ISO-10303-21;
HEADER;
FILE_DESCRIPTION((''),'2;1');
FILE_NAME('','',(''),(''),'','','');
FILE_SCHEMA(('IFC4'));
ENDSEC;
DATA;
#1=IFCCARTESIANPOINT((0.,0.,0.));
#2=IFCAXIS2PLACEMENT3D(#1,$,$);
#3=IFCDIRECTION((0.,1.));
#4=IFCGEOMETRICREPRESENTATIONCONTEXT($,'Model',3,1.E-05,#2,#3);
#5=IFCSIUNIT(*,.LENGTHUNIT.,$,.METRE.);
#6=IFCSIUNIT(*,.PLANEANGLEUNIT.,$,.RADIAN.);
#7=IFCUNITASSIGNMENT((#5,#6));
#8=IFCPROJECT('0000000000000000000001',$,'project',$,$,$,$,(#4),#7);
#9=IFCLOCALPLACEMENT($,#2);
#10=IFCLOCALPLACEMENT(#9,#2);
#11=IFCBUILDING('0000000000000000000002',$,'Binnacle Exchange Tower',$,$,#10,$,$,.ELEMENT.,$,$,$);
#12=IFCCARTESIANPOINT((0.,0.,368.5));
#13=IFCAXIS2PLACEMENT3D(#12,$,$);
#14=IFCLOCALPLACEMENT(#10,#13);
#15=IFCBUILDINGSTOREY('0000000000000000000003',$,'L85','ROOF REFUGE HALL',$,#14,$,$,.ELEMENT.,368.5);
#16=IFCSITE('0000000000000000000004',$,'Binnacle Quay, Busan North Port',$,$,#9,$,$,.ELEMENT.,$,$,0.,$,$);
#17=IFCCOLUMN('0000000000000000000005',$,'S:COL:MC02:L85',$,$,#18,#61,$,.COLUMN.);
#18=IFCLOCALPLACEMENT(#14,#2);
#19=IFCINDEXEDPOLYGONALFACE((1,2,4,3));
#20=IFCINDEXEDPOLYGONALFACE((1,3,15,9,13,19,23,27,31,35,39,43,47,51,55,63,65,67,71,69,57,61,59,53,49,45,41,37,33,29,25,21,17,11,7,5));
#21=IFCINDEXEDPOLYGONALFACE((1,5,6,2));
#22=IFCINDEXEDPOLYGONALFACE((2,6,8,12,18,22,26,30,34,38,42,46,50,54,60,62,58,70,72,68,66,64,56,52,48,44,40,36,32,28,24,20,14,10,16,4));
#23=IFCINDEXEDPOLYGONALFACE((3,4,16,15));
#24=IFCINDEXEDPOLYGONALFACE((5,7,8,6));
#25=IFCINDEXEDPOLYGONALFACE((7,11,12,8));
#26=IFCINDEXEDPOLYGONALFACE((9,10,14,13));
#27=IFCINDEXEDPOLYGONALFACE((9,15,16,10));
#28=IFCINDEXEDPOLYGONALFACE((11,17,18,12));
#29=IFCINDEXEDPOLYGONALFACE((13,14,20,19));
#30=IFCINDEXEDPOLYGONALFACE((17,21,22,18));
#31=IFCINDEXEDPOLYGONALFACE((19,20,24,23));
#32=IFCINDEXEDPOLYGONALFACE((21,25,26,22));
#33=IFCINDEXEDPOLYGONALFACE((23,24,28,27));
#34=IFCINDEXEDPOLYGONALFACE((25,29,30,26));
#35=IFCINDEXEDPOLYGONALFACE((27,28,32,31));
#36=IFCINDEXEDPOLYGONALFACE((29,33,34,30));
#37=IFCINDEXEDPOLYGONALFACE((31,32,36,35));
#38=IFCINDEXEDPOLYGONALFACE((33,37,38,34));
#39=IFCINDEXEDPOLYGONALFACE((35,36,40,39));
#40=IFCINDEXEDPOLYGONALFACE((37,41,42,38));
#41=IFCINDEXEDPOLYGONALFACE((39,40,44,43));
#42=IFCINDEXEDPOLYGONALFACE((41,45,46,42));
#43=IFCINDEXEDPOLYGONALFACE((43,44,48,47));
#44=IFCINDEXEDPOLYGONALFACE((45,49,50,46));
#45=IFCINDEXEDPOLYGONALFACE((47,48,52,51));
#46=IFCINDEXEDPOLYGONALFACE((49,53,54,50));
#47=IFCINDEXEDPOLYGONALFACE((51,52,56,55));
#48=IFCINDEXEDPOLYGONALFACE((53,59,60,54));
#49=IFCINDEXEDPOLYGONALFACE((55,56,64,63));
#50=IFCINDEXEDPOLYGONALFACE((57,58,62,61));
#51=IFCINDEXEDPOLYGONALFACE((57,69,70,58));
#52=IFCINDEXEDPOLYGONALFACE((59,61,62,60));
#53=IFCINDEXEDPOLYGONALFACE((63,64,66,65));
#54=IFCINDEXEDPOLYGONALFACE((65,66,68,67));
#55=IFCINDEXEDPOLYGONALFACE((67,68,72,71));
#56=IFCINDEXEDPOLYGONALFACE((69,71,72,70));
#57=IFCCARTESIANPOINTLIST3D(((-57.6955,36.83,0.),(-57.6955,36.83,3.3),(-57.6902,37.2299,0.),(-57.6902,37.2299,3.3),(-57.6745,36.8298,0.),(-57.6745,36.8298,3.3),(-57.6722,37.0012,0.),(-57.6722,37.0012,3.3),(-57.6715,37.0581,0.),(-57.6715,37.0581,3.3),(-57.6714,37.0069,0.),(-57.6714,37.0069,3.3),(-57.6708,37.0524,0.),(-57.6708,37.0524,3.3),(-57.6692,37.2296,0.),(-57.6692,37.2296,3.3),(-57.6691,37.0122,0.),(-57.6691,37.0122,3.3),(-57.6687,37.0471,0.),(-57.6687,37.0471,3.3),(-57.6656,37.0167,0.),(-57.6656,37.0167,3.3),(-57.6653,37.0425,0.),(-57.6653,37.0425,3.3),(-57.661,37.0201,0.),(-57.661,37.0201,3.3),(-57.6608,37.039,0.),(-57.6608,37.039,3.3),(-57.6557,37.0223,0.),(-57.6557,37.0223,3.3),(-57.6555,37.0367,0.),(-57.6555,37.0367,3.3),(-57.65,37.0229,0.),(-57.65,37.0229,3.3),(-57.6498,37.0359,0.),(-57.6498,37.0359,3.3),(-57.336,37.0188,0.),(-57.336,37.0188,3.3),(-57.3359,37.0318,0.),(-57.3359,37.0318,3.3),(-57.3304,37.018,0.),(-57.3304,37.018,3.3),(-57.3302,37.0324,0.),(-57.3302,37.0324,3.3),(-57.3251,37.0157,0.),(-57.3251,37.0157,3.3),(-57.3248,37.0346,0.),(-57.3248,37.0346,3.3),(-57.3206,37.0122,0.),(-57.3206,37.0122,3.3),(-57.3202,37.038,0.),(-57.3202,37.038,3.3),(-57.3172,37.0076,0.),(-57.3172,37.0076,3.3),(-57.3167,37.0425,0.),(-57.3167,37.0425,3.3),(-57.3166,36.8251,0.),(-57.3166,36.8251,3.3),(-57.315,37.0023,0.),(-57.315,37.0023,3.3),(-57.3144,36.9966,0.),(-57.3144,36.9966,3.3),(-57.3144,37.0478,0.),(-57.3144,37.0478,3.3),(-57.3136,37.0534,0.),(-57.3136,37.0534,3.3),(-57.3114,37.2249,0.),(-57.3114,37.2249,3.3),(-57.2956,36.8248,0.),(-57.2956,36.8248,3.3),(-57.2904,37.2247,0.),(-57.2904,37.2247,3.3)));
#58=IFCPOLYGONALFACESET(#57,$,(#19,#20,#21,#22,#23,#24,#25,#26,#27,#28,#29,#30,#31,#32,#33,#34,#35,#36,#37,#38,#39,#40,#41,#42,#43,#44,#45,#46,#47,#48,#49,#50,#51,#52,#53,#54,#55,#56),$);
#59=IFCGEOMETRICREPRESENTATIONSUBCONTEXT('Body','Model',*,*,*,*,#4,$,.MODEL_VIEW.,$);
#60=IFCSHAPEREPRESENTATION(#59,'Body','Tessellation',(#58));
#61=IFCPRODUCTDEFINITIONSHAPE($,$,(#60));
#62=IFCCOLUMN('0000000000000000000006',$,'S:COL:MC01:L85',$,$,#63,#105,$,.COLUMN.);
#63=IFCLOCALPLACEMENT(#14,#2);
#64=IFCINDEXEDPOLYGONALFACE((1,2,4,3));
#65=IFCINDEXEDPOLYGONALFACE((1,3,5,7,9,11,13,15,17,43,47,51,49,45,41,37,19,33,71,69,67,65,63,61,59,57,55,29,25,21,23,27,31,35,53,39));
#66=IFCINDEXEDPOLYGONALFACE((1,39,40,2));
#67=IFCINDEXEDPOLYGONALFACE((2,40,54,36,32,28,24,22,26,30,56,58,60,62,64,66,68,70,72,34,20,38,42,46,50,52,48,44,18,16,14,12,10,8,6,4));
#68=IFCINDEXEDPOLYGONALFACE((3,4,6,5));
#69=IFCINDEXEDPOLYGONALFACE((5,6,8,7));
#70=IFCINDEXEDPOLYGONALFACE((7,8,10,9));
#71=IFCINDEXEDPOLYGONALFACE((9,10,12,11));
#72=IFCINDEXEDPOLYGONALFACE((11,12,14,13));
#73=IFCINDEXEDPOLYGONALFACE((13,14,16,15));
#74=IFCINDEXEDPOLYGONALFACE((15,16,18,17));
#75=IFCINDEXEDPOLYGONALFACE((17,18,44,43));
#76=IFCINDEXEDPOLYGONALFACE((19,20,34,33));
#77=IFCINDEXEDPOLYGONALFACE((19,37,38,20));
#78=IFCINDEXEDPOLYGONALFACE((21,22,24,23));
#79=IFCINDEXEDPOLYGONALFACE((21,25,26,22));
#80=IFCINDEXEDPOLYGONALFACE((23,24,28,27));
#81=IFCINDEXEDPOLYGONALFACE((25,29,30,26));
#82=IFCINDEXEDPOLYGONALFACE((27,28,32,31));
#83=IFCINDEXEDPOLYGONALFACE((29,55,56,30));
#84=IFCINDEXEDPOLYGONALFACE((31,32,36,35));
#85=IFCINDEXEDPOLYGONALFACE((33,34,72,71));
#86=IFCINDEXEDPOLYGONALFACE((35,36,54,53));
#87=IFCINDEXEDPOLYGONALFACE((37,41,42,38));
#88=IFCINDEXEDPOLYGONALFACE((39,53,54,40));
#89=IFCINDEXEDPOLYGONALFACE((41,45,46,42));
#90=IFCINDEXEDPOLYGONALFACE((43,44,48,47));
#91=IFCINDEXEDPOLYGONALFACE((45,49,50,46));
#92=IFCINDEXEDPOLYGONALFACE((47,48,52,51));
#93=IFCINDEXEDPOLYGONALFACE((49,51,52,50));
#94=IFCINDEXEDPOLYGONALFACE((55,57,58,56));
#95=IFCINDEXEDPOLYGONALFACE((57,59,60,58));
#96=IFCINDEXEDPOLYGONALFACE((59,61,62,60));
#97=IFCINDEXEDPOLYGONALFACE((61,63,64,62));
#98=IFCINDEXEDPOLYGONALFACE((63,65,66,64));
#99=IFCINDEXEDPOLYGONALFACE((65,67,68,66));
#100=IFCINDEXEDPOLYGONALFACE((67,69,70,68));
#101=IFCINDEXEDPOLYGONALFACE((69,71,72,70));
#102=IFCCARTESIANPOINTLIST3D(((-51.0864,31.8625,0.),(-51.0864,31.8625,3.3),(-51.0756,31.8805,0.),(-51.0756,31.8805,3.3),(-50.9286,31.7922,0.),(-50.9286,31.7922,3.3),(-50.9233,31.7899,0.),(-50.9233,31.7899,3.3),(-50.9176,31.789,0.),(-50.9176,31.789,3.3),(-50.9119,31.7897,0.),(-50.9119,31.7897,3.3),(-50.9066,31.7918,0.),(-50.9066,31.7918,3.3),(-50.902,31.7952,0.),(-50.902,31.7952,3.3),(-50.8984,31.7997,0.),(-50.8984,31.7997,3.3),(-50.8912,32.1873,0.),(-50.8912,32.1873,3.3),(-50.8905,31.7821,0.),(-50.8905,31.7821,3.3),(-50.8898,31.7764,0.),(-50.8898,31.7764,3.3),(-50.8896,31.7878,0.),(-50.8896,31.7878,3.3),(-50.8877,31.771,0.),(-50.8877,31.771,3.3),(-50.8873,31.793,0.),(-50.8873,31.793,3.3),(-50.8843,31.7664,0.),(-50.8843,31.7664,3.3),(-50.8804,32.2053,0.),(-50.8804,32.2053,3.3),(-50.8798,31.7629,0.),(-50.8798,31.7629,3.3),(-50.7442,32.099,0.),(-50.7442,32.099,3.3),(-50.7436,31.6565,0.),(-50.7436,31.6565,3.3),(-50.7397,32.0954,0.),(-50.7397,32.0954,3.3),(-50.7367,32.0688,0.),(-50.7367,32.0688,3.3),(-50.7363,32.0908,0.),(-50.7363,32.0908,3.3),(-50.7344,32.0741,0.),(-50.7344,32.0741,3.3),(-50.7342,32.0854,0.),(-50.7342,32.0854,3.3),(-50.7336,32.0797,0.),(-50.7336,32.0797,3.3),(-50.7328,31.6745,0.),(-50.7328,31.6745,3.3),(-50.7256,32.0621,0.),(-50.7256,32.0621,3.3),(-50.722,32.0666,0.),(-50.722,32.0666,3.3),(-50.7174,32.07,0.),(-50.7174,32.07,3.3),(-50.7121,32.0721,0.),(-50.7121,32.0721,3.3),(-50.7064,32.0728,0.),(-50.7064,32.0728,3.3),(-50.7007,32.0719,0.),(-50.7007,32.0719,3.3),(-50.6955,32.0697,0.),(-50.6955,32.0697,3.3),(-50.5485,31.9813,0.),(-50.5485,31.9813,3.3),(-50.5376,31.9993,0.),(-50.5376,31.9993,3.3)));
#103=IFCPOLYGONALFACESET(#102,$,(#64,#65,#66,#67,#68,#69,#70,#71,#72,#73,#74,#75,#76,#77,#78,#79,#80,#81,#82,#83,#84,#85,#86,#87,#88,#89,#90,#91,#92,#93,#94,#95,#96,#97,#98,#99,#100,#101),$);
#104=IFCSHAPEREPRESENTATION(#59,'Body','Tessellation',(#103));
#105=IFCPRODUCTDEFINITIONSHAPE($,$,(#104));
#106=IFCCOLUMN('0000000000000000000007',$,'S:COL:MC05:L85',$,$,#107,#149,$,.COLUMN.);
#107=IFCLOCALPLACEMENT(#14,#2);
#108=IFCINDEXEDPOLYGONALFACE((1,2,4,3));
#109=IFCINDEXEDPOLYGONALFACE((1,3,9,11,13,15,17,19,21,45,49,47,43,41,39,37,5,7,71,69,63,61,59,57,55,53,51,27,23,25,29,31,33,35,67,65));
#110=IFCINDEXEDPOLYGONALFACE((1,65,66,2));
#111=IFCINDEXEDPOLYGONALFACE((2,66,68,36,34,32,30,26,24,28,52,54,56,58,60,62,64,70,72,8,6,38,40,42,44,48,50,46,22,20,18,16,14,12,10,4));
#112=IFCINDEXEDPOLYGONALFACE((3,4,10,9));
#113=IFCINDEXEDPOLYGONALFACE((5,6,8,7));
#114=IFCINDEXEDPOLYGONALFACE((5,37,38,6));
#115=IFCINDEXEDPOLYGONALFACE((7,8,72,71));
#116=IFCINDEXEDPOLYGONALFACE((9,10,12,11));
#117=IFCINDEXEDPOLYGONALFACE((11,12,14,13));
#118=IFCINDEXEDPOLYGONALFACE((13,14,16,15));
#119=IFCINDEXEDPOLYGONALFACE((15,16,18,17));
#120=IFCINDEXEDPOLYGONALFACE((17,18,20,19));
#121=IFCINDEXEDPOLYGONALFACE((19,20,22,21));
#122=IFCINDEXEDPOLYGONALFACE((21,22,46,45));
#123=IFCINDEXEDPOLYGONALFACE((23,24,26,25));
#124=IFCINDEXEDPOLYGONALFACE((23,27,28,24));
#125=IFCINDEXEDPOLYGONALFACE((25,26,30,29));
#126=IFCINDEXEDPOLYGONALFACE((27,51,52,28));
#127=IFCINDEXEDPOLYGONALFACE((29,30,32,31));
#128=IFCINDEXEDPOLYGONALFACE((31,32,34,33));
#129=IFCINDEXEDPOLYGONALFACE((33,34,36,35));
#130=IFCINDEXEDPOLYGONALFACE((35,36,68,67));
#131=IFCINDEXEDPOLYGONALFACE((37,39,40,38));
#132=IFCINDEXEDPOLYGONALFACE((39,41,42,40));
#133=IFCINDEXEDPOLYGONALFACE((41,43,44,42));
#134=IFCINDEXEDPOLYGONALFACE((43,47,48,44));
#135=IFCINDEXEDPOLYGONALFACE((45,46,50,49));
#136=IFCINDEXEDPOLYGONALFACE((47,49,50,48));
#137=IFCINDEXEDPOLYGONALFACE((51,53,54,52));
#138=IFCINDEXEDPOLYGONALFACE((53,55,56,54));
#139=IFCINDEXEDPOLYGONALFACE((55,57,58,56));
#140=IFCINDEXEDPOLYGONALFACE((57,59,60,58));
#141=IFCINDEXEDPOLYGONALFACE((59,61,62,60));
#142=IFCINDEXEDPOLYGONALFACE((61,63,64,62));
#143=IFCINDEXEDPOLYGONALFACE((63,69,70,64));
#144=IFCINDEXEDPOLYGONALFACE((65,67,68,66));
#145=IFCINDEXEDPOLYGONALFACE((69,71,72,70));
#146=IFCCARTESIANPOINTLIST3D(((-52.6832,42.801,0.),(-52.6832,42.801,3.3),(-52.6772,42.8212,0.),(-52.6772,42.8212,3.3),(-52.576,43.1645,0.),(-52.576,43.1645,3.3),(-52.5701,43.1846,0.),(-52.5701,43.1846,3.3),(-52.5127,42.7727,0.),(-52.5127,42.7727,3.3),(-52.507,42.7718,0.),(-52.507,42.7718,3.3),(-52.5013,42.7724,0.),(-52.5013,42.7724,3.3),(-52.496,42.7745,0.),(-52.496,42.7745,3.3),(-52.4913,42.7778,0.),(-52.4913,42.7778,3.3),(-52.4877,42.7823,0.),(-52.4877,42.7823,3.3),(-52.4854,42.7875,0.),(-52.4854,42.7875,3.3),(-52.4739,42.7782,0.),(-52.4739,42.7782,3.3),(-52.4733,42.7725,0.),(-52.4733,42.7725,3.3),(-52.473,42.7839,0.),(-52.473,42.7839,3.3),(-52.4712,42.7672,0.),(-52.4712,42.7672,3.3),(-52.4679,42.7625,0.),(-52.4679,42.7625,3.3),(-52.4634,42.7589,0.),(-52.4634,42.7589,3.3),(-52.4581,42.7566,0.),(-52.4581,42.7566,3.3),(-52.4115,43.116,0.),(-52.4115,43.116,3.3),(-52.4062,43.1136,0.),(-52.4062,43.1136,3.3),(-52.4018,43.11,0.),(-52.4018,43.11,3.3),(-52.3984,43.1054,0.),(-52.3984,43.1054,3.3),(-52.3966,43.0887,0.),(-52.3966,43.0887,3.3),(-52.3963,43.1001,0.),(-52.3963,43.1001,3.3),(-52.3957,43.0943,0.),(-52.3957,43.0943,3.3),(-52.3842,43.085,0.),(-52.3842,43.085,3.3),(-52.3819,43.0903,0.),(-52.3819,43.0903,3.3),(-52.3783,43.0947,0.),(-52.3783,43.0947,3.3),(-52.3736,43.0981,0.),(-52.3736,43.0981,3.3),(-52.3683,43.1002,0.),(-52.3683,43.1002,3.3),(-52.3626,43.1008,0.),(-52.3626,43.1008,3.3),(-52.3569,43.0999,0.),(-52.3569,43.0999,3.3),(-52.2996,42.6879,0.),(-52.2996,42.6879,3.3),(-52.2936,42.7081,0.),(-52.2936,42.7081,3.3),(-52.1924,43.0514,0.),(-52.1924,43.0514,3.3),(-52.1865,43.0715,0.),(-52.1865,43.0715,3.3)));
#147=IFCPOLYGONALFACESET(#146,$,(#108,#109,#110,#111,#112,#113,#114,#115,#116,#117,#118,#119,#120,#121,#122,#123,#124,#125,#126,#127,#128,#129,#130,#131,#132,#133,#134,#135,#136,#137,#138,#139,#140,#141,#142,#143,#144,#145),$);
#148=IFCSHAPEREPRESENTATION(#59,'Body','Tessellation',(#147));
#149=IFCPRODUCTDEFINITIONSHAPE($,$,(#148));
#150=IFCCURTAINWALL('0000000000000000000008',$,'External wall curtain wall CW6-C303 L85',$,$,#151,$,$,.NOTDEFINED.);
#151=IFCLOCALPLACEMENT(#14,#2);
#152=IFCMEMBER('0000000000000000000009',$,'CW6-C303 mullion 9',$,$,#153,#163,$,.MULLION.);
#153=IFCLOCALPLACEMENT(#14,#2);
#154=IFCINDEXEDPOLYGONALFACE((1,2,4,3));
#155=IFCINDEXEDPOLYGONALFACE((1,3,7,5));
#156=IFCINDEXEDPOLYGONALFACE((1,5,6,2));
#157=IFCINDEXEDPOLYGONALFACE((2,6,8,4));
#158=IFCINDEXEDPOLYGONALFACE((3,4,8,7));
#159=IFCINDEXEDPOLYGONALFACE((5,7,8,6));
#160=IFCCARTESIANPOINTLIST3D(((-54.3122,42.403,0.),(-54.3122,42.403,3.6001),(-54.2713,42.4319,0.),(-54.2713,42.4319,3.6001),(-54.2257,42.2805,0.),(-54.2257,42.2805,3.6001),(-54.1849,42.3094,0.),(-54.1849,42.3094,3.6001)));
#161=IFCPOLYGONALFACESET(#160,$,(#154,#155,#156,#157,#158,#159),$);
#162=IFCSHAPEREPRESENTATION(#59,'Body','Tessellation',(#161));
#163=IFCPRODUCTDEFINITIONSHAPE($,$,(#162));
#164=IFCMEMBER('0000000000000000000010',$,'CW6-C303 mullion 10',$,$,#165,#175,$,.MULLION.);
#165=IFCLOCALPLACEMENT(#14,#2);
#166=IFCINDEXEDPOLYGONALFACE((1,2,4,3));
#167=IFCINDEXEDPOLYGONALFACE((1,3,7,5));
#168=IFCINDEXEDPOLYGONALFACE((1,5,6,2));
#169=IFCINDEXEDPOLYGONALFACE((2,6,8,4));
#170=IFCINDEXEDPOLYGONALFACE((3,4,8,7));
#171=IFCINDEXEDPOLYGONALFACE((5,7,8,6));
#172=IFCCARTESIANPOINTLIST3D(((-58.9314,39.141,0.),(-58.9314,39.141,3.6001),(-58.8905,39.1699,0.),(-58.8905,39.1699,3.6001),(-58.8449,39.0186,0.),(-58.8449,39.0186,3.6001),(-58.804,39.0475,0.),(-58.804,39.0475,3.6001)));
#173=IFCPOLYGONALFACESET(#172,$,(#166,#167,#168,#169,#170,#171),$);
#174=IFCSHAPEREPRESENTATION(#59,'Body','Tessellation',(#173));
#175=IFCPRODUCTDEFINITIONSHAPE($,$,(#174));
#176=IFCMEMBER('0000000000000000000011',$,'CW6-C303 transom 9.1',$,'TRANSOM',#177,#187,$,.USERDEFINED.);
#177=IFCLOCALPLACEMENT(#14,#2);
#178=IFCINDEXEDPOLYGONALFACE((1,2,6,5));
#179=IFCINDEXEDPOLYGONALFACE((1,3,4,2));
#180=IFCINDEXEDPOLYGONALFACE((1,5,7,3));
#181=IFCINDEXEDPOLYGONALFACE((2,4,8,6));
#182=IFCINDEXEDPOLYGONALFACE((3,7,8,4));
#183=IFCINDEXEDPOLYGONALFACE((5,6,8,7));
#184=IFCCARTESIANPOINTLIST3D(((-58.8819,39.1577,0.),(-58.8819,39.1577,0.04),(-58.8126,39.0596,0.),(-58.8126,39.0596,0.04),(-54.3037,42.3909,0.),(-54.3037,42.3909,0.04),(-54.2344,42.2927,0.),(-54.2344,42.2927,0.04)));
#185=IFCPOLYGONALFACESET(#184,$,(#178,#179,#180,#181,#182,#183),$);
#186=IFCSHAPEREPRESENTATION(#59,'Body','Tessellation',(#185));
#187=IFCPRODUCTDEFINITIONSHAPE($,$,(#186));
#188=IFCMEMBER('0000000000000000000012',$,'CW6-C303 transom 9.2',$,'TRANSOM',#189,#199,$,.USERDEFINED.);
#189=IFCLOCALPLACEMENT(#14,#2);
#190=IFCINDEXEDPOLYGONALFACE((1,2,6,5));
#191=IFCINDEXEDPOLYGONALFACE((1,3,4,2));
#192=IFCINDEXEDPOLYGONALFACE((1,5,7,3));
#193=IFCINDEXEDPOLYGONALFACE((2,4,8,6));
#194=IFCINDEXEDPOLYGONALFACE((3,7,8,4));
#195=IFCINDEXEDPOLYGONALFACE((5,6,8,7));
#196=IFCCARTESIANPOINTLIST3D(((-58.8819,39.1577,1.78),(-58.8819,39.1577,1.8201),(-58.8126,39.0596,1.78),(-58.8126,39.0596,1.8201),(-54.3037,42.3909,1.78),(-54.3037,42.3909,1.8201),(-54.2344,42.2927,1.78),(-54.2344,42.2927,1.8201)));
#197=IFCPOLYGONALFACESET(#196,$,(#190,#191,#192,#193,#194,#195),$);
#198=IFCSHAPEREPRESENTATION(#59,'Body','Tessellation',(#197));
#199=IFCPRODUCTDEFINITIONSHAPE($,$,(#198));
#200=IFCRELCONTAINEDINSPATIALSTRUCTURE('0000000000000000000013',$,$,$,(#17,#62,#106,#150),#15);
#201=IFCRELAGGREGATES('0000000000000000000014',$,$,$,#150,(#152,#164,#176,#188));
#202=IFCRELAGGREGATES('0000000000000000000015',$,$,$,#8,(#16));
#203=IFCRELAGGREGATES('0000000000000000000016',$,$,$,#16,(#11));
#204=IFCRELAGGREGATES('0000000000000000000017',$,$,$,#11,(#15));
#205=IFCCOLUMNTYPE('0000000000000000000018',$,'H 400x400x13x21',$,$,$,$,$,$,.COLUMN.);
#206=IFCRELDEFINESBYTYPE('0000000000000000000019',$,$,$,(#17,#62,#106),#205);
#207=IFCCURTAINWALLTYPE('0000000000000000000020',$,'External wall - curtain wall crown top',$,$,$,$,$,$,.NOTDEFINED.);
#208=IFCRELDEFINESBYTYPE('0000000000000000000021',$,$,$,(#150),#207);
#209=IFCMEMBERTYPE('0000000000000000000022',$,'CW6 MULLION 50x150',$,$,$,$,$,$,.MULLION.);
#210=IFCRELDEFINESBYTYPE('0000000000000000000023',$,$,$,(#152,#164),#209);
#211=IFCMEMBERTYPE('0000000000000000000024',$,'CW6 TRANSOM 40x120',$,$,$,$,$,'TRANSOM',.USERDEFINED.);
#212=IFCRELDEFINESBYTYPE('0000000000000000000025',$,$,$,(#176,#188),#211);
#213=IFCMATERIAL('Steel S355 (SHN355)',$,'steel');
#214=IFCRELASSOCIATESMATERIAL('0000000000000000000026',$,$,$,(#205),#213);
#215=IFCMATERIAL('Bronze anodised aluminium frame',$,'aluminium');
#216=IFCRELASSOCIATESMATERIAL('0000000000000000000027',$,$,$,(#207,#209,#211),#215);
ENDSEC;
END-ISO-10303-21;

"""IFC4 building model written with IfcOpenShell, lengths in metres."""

from ifc_helpers import new_model, si_unit, direction, frame, origin, origin_2d, place, context, subcontext, project, spatial, rectangle, i_section, extrude, material, material_profile, profile_set, type_object, element, aggregate, save


model = new_model("IFC4")

# Units and contexts
model_context = context("Model", 3, precision=1e-05, world=origin(), true_north=direction((0.0, 1.0)))
body_context = subcontext(model_context, "Body", "Model", "MODEL_VIEW")
ifc_project = project(units=[si_unit("LENGTHUNIT", "METRE"), si_unit("PLANEANGLEUNIT", "RADIAN")], contexts=[model_context])

# Site, building, storey
site_placement = place(None, origin())
site = spatial("IfcSite", under=ifc_project, at=site_placement, Name="Binnacle Quay, Busan North Port", CompositionType="ELEMENT", RefElevation=0.0)
building_placement = place(site_placement, origin())
building = spatial("IfcBuilding", under=site, at=building_placement, Name="Binnacle Exchange Tower", CompositionType="ELEMENT")
storey_placement = place(building_placement, frame((0.0, 0.0, 368.5)))
storey = spatial("IfcBuildingStorey", under=building, at=storey_placement, Name="L85", Description="ROOF REFUGE HALL", CompositionType="ELEMENT", Elevation=368.5)

# Columns
ifc_material_1 = material(Name="Steel S355 (SHN355)", Category="steel")
ifc_material_profile_1 = material_profile(ifc_material_1, i_section(OverallWidth=0.3999, OverallDepth=0.3999, WebThickness=0.0129, FlangeThickness=0.021, FilletRadius=0.022, at=origin_2d()), Name="H 400x400x13x21")
ifc_profile_set_1 = profile_set([ifc_material_profile_1], Name="Steel S355 (SHN355)")
column_type = type_object("IfcColumnType", Name="H 400x400x13x21", PredefinedType="COLUMN", material=ifc_profile_set_1)
for number, where, z_axis, x_axis, name in (
    (1, (-57.4929, 37.0273, 0.0), (0.0, 0.0, 1.0), (-0.01309, -0.999914, 0.0), "S:COL:MC02:L85"),
    (2, (-50.812, 31.9309, 0.0), (0.0, 0.0, 1.0), (0.857167, -0.515038, 0.0), "S:COL:MC01:L85"),
    (3, (-52.4348, 42.9363, 0.0), (0.0, 0.0, 1.0), (-0.959171, 0.282827, 0.0), "S:COL:MC05:L85"),
):
    element("IfcColumn", number, at=place(storey_placement, frame(where, z_axis=z_axis, x_axis=x_axis)), inside=storey, type_object=column_type, Name=name, PredefinedType="COLUMN", context=body_context, shape_type="SweptSolid", body=[
        extrude(i_section(OverallWidth=0.3999, OverallDepth=0.3999, WebThickness=0.0129, FlangeThickness=0.021, FilletRadius=0.022, at=origin_2d()), origin(), (0.0, 0.0, 1.0), 3.3),
    ])

# Curtain wall, members
ifc_material_2 = material(Name="Bronze anodised aluminium frame", Category="aluminium")
curtain_wall_type = type_object("IfcCurtainWallType", Name="External wall - curtain wall crown top", PredefinedType="NOTDEFINED", material=ifc_material_2)
curtain_wall_placement = place(storey_placement, origin())
curtain_wall = element("IfcCurtainWall", 4, at=curtain_wall_placement, inside=storey, type_object=curtain_wall_type, Name="External wall curtain wall CW6-C303 L85", PredefinedType="NOTDEFINED")
ifc_material_profile_2 = material_profile(ifc_material_2, rectangle(XDim=0.1499, YDim=0.05, at=origin_2d()), Name="AL 50x150")
ifc_profile_set_2 = profile_set([ifc_material_profile_2], Name="Bronze anodised aluminium frame")
member_type_1 = type_object("IfcMemberType", Name="CW6 MULLION 50x150", PredefinedType="MULLION", material=ifc_profile_set_2)
member_1_placement = place(storey_placement, frame((-54.2485, 42.3562, 0.0), z_axis=(0.0, 0.0, 1.0), x_axis=(0.576854, -0.816847, 0.0)))
member_1 = element("IfcMember", 5, at=member_1_placement, type_object=member_type_1, Name="CW6-C303 mullion 9", PredefinedType="MULLION", context=body_context, shape_type="SweptSolid", body=[
    extrude(rectangle(XDim=0.1499, YDim=0.05, at=origin_2d()), origin(), (0.0, 0.0, 1.0), 3.6001),
])
member_2_placement = place(storey_placement, frame((-58.8677, 39.0942, 0.0), z_axis=(0.0, 0.0, 1.0), x_axis=(0.576854, -0.816847, 0.0)))
member_2 = element("IfcMember", 6, at=member_2_placement, type_object=member_type_1, Name="CW6-C303 mullion 10", PredefinedType="MULLION", context=body_context, shape_type="SweptSolid", body=[
    extrude(rectangle(XDim=0.1499, YDim=0.05, at=origin_2d()), origin(), (0.0, 0.0, 1.0), 3.6001),
])
ifc_material_profile_3 = material_profile(ifc_material_2, rectangle(XDim=0.1201, YDim=0.04, at=origin_2d()), Name="AL 120x40")
ifc_profile_set_3 = profile_set([ifc_material_profile_3], Name="Bronze anodised aluminium frame")
member_type_2 = type_object("IfcMemberType", Name="CW6 TRANSOM 40x120", ElementType="TRANSOM", PredefinedType="USERDEFINED", material=ifc_profile_set_3)
member_3_placement = place(storey_placement, frame((-54.269, 42.3418, 0.02), z_axis=(-0.816839, -0.576866, 0.0), x_axis=(0.576866, -0.816839, 0.0)))
member_3 = element("IfcMember", 7, at=member_3_placement, type_object=member_type_2, Name="CW6-C303 transom 9.1", ObjectType="TRANSOM", PredefinedType="USERDEFINED", context=body_context, shape_type="SweptSolid", body=[
    extrude(rectangle(XDim=0.1201, YDim=0.04, at=origin_2d()), origin(), (0.0, 0.0, 1.0), 5.6047),
])
member_4_placement = place(storey_placement, frame((-54.269, 42.3418, 1.8), z_axis=(-0.816839, -0.576866, 0.0), x_axis=(0.576866, -0.816839, 0.0)))
member_4 = element("IfcMember", 8, at=member_4_placement, type_object=member_type_2, Name="CW6-C303 transom 9.2", ObjectType="TRANSOM", PredefinedType="USERDEFINED", context=body_context, shape_type="SweptSolid", body=[
    extrude(rectangle(XDim=0.1201, YDim=0.04, at=origin_2d()), origin(), (0.0, 0.0, 1.0), 5.6047),
])

aggregate(curtain_wall, [member_1, member_2, member_3, member_4])

save(model, "model.ifc")
